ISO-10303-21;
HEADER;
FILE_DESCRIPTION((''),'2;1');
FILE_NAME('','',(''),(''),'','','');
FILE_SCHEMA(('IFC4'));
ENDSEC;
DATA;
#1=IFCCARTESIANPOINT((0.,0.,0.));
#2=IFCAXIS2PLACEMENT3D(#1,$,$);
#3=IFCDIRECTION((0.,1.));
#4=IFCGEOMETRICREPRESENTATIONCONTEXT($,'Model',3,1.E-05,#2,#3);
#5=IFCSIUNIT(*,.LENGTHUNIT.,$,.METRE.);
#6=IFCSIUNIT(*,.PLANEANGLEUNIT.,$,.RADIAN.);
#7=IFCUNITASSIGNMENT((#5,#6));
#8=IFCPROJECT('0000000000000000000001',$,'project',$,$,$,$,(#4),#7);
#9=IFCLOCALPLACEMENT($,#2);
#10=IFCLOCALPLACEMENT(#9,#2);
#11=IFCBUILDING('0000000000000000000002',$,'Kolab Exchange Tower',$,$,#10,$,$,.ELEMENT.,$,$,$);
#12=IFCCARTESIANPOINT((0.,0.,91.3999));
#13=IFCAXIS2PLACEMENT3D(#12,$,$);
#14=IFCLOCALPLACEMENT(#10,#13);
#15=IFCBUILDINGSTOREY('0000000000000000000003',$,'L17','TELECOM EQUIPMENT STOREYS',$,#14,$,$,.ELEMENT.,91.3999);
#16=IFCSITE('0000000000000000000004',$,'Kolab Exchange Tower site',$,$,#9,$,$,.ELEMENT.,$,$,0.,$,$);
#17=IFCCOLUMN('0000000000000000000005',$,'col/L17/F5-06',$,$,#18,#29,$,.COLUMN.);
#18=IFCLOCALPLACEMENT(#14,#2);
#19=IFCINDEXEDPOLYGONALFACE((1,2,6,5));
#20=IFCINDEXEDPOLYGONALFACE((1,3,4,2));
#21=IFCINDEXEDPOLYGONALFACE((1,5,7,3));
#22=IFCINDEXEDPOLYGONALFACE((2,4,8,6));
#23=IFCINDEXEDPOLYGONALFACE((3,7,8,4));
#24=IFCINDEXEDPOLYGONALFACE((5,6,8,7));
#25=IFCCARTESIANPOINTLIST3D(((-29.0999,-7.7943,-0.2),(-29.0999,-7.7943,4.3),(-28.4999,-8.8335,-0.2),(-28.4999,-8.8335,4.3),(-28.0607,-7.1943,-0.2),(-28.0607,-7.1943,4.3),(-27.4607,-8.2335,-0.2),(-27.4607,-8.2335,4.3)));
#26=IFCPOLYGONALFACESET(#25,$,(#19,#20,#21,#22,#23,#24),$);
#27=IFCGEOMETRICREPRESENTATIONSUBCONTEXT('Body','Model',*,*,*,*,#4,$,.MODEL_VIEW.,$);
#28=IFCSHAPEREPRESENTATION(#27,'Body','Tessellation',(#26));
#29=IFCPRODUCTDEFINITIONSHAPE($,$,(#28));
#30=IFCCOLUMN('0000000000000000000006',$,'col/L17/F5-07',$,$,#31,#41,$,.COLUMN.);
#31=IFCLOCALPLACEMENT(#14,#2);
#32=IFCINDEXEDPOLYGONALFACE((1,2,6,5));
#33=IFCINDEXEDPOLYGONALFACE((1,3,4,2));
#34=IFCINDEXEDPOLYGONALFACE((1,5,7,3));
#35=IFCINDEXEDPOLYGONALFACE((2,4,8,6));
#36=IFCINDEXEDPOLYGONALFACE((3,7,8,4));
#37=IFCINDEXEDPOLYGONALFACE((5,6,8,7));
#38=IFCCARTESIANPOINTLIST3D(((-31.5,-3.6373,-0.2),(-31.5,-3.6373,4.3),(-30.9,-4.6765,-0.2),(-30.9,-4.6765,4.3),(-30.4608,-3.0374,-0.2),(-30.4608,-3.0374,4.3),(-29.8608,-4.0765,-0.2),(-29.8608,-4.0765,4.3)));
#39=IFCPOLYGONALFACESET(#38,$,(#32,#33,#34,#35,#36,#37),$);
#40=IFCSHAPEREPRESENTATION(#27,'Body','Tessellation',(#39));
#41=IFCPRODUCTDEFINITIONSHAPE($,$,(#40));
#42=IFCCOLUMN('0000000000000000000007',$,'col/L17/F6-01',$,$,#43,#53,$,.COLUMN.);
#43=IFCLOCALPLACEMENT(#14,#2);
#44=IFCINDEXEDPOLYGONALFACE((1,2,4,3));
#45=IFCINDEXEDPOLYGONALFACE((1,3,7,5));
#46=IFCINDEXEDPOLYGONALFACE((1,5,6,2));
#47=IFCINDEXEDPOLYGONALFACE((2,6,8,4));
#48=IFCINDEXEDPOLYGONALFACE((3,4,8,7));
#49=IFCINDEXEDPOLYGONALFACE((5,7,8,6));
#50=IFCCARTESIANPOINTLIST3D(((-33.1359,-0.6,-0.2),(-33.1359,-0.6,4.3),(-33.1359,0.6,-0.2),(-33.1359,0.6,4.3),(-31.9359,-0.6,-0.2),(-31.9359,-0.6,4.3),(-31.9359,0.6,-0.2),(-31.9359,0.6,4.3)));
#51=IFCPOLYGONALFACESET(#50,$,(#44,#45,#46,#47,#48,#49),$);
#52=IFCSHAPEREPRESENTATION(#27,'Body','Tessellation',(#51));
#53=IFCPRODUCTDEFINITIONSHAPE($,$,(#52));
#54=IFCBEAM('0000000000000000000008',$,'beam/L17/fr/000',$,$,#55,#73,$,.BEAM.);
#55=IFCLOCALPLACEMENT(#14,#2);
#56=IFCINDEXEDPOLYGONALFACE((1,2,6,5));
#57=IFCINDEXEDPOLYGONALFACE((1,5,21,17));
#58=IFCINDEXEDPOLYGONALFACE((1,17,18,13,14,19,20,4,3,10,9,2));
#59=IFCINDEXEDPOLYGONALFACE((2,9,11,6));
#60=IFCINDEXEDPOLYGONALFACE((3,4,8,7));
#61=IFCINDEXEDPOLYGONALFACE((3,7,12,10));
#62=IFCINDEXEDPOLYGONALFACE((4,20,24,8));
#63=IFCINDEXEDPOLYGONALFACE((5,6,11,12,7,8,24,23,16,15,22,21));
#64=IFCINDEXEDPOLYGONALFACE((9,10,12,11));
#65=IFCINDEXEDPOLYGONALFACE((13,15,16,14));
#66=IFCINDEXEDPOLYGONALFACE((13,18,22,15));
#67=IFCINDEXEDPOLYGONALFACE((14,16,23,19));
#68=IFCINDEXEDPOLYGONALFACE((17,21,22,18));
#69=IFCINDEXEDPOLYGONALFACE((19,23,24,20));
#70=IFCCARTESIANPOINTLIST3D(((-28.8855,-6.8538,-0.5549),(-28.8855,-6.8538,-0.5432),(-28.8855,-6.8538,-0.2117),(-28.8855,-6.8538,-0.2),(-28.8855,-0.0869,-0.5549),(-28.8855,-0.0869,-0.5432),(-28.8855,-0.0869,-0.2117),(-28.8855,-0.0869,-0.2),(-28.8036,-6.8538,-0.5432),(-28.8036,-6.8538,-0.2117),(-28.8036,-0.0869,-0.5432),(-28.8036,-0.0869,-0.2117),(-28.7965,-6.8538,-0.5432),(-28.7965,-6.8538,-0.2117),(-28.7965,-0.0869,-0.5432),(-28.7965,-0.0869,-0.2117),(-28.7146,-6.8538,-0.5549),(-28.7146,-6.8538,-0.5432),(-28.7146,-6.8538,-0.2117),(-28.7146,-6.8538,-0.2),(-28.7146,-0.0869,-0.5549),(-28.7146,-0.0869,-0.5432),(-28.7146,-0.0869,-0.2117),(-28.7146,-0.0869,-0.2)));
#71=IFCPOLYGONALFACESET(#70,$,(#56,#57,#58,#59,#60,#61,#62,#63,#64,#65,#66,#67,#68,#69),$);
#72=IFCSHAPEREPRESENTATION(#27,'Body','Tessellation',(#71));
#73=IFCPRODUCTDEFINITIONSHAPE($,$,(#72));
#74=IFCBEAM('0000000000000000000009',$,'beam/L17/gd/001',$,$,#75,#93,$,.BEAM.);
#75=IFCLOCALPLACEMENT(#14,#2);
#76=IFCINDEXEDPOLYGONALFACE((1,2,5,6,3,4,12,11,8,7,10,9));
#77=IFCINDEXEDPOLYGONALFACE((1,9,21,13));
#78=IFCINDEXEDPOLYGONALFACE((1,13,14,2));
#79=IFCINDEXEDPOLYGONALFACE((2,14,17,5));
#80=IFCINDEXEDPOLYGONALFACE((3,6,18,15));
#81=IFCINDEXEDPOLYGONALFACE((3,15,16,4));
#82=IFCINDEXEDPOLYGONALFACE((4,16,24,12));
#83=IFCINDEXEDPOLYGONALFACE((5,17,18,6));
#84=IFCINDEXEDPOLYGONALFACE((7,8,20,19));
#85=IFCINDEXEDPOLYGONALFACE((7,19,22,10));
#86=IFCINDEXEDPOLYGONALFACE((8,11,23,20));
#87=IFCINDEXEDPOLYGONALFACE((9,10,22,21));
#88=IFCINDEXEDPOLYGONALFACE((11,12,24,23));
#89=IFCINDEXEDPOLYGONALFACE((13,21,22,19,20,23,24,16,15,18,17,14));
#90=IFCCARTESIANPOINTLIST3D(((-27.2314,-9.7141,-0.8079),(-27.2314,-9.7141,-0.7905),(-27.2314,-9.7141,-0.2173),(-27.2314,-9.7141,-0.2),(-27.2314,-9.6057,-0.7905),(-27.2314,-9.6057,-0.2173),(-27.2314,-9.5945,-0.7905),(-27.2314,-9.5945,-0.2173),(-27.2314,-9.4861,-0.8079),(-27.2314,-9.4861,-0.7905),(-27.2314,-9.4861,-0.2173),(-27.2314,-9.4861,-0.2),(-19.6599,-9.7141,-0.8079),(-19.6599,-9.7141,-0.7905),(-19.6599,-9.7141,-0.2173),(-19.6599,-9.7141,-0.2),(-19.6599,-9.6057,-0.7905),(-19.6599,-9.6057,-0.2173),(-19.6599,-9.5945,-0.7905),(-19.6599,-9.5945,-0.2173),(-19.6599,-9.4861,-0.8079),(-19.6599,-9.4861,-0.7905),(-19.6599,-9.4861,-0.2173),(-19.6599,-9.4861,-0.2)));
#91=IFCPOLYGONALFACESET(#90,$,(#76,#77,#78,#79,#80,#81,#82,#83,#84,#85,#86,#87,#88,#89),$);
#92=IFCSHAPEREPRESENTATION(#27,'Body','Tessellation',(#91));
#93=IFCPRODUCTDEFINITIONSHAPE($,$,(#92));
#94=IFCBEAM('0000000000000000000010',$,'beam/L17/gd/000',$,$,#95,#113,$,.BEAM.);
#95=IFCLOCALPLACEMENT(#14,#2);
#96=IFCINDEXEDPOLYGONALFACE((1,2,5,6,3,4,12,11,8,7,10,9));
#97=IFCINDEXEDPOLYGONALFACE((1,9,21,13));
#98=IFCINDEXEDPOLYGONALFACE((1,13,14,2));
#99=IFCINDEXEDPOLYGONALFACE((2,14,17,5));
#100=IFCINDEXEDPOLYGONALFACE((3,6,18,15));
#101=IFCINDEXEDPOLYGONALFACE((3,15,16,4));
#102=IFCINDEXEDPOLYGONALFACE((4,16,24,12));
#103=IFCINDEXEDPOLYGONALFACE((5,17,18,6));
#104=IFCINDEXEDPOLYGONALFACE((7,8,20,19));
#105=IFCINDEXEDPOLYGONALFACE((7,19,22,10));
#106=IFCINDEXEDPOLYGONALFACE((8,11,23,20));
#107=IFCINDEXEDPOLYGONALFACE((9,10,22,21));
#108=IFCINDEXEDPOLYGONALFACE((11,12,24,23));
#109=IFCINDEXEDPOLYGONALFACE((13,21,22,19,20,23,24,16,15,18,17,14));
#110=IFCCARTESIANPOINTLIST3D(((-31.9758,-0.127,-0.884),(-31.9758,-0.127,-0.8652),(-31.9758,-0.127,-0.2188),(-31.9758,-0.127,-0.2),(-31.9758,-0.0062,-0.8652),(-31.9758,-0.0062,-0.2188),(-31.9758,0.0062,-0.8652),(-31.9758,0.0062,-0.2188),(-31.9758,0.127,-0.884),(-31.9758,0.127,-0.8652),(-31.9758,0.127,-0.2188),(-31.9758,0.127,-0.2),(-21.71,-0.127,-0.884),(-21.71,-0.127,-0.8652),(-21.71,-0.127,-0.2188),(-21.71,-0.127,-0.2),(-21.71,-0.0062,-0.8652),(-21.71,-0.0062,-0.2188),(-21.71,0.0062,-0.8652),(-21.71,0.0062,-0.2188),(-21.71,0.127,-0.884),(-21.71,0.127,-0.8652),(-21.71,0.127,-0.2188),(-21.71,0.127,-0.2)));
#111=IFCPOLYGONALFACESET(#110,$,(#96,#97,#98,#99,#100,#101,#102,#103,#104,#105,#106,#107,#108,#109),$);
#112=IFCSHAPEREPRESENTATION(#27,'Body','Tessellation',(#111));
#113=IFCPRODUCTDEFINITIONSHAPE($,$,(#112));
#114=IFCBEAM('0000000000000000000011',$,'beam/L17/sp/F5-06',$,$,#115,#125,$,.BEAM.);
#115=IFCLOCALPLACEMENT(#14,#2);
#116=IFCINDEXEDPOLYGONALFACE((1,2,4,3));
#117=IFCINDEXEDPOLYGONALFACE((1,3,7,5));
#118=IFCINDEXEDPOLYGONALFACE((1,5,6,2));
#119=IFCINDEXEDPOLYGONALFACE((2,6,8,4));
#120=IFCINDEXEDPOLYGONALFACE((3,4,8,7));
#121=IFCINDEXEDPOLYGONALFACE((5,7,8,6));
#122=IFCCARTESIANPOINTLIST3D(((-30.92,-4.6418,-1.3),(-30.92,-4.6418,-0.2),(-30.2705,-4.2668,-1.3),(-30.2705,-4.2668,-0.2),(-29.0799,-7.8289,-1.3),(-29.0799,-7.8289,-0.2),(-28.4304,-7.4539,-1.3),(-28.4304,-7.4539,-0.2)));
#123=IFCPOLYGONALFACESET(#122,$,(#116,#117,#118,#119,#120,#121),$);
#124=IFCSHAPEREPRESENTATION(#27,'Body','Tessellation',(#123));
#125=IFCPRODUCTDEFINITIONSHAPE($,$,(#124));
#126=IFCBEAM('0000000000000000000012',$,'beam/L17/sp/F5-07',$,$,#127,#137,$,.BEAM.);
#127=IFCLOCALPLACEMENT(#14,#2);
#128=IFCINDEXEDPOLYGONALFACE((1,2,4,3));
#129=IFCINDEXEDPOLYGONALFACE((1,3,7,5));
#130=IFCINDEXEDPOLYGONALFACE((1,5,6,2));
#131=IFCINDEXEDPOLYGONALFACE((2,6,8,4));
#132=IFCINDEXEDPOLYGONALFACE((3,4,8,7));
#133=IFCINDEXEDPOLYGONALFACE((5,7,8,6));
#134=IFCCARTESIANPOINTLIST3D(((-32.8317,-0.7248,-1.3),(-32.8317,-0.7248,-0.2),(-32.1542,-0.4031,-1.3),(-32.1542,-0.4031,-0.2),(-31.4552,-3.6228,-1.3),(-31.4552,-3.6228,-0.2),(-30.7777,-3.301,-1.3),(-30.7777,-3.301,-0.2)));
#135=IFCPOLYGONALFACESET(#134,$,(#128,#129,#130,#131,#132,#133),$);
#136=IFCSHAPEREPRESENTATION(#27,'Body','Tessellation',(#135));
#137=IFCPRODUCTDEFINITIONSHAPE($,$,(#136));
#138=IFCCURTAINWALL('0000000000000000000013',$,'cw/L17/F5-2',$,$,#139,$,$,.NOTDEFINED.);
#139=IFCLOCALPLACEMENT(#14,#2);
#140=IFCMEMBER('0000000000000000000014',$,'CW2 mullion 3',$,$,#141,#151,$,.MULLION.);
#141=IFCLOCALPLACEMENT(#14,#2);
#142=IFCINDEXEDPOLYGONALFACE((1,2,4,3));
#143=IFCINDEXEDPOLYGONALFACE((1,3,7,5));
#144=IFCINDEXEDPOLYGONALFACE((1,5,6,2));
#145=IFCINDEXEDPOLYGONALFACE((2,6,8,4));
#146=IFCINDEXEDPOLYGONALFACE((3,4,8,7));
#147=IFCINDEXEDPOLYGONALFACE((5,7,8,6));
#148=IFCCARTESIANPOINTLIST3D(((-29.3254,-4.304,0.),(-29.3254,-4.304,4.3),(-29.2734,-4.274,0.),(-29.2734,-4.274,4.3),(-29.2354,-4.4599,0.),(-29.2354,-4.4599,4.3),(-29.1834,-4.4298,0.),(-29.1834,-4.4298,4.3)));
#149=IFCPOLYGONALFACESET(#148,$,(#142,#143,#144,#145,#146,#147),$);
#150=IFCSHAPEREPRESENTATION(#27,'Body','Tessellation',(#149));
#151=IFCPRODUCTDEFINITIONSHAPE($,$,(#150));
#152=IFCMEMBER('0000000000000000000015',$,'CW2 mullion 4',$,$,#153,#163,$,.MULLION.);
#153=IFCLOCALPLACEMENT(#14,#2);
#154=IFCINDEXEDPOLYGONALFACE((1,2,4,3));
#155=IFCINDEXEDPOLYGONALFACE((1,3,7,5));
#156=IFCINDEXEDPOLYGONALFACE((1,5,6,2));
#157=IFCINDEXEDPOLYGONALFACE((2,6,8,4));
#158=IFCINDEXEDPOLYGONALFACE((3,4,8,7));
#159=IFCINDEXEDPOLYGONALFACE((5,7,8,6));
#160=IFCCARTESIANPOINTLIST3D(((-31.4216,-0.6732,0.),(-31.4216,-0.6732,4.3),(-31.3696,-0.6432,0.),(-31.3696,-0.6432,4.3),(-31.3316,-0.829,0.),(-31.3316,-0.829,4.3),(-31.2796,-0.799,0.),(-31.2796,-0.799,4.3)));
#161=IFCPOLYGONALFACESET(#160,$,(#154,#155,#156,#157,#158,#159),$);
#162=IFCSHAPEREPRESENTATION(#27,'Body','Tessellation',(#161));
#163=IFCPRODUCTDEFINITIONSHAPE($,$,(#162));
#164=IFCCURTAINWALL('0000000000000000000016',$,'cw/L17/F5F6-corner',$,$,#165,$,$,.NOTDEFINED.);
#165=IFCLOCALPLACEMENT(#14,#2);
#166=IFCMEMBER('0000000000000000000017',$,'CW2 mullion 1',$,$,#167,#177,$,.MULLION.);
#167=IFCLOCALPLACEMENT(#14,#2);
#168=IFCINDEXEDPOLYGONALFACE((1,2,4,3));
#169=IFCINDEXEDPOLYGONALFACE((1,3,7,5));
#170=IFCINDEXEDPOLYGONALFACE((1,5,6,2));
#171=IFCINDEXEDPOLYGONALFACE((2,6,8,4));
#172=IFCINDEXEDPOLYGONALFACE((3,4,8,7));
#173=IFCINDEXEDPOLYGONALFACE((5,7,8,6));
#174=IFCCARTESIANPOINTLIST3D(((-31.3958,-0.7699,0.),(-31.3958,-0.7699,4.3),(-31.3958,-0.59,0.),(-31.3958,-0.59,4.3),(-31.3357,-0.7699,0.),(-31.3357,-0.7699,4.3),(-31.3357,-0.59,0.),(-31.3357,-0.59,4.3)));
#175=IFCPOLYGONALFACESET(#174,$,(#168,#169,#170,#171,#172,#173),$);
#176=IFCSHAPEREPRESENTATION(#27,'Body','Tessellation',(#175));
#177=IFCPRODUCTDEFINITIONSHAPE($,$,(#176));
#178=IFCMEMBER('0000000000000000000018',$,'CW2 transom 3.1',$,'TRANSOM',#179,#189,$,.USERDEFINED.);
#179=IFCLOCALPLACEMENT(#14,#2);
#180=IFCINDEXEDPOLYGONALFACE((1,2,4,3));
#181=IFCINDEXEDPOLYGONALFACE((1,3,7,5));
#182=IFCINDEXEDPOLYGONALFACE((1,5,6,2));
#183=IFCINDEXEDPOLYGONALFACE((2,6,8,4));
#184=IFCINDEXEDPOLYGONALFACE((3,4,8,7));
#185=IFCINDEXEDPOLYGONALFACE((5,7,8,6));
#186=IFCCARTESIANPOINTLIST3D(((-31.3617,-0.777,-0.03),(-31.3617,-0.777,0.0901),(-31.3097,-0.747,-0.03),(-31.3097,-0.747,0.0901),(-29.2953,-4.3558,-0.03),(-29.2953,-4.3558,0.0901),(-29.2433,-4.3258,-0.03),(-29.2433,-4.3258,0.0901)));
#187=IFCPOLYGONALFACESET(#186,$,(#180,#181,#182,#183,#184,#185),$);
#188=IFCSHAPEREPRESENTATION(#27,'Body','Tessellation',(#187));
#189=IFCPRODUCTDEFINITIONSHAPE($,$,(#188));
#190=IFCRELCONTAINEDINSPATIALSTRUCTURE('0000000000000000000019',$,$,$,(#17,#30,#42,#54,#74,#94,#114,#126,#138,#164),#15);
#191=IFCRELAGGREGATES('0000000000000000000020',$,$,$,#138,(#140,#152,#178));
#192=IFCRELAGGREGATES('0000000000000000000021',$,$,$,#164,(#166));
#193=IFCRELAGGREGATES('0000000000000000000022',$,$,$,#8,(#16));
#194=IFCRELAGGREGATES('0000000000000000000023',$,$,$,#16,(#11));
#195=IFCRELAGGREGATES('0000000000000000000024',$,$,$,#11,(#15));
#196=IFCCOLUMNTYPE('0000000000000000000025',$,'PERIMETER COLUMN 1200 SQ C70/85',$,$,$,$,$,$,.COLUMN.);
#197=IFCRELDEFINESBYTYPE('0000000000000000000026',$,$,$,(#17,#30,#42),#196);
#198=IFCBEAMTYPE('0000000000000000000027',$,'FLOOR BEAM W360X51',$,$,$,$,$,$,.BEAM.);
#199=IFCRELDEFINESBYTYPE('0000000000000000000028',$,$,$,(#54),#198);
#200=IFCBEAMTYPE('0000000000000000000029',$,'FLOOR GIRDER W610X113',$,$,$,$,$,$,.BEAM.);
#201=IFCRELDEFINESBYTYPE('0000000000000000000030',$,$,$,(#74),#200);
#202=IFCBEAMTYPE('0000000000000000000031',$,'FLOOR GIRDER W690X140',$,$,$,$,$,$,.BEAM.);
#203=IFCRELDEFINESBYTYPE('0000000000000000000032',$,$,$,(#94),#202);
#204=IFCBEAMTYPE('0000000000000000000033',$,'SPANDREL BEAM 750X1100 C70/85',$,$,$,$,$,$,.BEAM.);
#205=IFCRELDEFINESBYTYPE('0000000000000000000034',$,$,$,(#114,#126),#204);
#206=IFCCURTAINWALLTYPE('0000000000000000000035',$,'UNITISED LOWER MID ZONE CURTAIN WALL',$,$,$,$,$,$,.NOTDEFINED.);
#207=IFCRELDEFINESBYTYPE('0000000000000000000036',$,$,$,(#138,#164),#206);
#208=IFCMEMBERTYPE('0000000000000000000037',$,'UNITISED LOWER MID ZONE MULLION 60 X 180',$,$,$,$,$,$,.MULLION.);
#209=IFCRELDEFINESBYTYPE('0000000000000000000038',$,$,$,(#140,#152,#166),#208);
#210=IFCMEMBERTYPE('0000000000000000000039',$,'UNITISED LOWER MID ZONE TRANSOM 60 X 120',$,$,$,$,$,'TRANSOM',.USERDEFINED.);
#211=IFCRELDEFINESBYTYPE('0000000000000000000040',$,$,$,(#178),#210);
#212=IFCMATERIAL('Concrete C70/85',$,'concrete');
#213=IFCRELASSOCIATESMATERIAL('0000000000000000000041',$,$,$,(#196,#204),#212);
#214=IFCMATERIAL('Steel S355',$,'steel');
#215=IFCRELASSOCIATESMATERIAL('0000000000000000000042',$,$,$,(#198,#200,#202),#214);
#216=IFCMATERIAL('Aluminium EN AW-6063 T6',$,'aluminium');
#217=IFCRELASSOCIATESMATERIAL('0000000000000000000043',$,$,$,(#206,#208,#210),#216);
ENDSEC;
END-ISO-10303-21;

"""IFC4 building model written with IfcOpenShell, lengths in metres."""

from ifc_helpers import new_model, si_unit, direction, frame, origin, origin_2d, place, context, subcontext, project, spatial, rectangle, i_section, extrude, material, material_profile, profile_set, type_object, element, aggregate, save


model = new_model("IFC4")

# Units and contexts
model_context = context("Model", 3, precision=1e-05, world=origin(), true_north=direction((0.0, 1.0)))
body_context = subcontext(model_context, "Body", "Model", "MODEL_VIEW")
ifc_project = project(units=[si_unit("LENGTHUNIT", "METRE"), si_unit("PLANEANGLEUNIT", "RADIAN")], contexts=[model_context])

# Site, building, storey
site_placement = place(None, origin())
site = spatial("IfcSite", under=ifc_project, at=site_placement, Name="Kolab Exchange Tower site", CompositionType="ELEMENT", RefElevation=0.0)
building_placement = place(site_placement, origin())
building = spatial("IfcBuilding", under=site, at=building_placement, Name="Kolab Exchange Tower", CompositionType="ELEMENT")
storey_placement = place(building_placement, frame((0.0, 0.0, 91.3999)))
storey = spatial("IfcBuildingStorey", under=building, at=storey_placement, Name="L17", Description="TELECOM EQUIPMENT STOREYS", CompositionType="ELEMENT", Elevation=91.3999)

# Columns
ifc_material_1 = material(Name="Concrete C70/85", Category="concrete")
ifc_material_profile_1 = material_profile(ifc_material_1, rectangle(XDim=1.2, YDim=1.2, at=origin_2d()), Name="RC1200")
ifc_profile_set_1 = profile_set([ifc_material_profile_1], Name="Concrete C70/85")
column_type = type_object("IfcColumnType", Name="PERIMETER COLUMN 1200 SQ C70/85", PredefinedType="COLUMN", material=ifc_profile_set_1)
for number, where, z_axis, x_axis, name in (
    (1, (-28.2803, -8.0139, -0.2), (0.0, 0.0, 1.0), (0.866025, 0.5, 0.0), "col/L17/F5-06"),
    (2, (-30.6804, -3.8569, -0.2), (0.0, 0.0, 1.0), (0.866025, 0.5, 0.0), "col/L17/F5-07"),
    (3, (-32.5359, 0.0, -0.2), (0.0, 0.0, 1.0), (1.0, 0.0, 0.0), "col/L17/F6-01"),
):
    element("IfcColumn", number, at=place(storey_placement, frame(where, z_axis=z_axis, x_axis=x_axis)), inside=storey, type_object=column_type, Name=name, PredefinedType="COLUMN", context=body_context, shape_type="SweptSolid", body=[
        extrude(rectangle(XDim=1.2, YDim=1.2, at=origin_2d()), origin(), (0.0, 0.0, 1.0), 4.5),
    ])

# Beams
ifc_material_2 = material(Name="Steel S355", Category="steel")
ifc_material_profile_2 = material_profile(ifc_material_2, i_section(OverallWidth=0.1709, OverallDepth=0.355, WebThickness=0.0071, FlangeThickness=0.0117, at=origin_2d()), Name="W360X51")
ifc_profile_set_2 = profile_set([ifc_material_profile_2], Name="Steel S355")
beam_type_1 = type_object("IfcBeamType", Name="FLOOR BEAM W360X51", PredefinedType="BEAM", material=ifc_profile_set_2)
beam_1_placement = place(storey_placement, frame((-28.8, -6.8538, -0.3774), z_axis=(0.0, 1.0, 0.0), x_axis=(-1.0, 0.0, 0.0)))
element("IfcBeam", 4, at=beam_1_placement, inside=storey, type_object=beam_type_1, Name="beam/L17/fr/000", PredefinedType="BEAM", context=body_context, shape_type="SweptSolid", body=[
    extrude(i_section(OverallWidth=0.1709, OverallDepth=0.355, WebThickness=0.0071, FlangeThickness=0.0117, at=origin_2d()), origin(), (0.0, 0.0, 1.0), 6.7668),
])
ifc_material_profile_3 = material_profile(ifc_material_2, i_section(OverallWidth=0.228, OverallDepth=0.6079, WebThickness=0.0112, FlangeThickness=0.0173, at=origin_2d()), Name="W610X113")
ifc_profile_set_3 = profile_set([ifc_material_profile_3], Name="Steel S355")
beam_type_2 = type_object("IfcBeamType", Name="FLOOR GIRDER W610X113", PredefinedType="BEAM", material=ifc_profile_set_3)
beam_2_placement = place(storey_placement, frame((-27.2314, -9.6001, -0.5039), z_axis=(1.0, 0.0, 0.0), x_axis=(0.0, 1.0, 0.0)))
element("IfcBeam", 5, at=beam_2_placement, inside=storey, type_object=beam_type_2, Name="beam/L17/gd/001", PredefinedType="BEAM", context=body_context, shape_type="SweptSolid", body=[
    extrude(i_section(OverallWidth=0.228, OverallDepth=0.6079, WebThickness=0.0112, FlangeThickness=0.0173, at=origin_2d()), origin(), (0.0, 0.0, 1.0), 7.5715),
])
ifc_material_profile_4 = material_profile(ifc_material_2, i_section(OverallWidth=0.2539, OverallDepth=0.6841, WebThickness=0.0125, FlangeThickness=0.0188, at=origin_2d()), Name="W690X140")
ifc_profile_set_4 = profile_set([ifc_material_profile_4], Name="Steel S355")
beam_type_3 = type_object("IfcBeamType", Name="FLOOR GIRDER W690X140", PredefinedType="BEAM", material=ifc_profile_set_4)
beam_3_placement = place(storey_placement, frame((-31.9758, 0.0, -0.542), z_axis=(1.0, 0.0, 0.0), x_axis=(0.0, 1.0, 0.0)))
element("IfcBeam", 6, at=beam_3_placement, inside=storey, type_object=beam_type_3, Name="beam/L17/gd/000", PredefinedType="BEAM", context=body_context, shape_type="SweptSolid", body=[
    extrude(i_section(OverallWidth=0.2539, OverallDepth=0.6841, WebThickness=0.0125, FlangeThickness=0.0188, at=origin_2d()), origin(), (0.0, 0.0, 1.0), 10.2659),
])
ifc_material_profile_5 = material_profile(ifc_material_1, rectangle(XDim=0.75, YDim=1.1001, at=origin_2d()), Name="RC750X1100")
ifc_profile_set_5 = profile_set([ifc_material_profile_5], Name="Concrete C70/85")
beam_type_4 = type_object("IfcBeamType", Name="SPANDREL BEAM 750X1100 C70/85", PredefinedType="BEAM", material=ifc_profile_set_5)
beam_4_placement = place(storey_placement, frame((-28.7551, -7.6414, -0.75), z_axis=(-0.500013, 0.866018, 0.0), x_axis=(-0.866018, -0.500013, 0.0)))
element("IfcBeam", 7, at=beam_4_placement, inside=storey, type_object=beam_type_4, Name="beam/L17/sp/F5-06", PredefinedType="BEAM", context=body_context, shape_type="SweptSolid", body=[
    extrude(rectangle(XDim=0.75, YDim=1.1001, at=origin_2d()), origin(), (0.0, 0.0, 1.0), 3.6802),
])
beam_5_placement = place(storey_placement, frame((-31.1165, -3.4619, -0.75), z_axis=(-0.429041, 0.903285, 0.0), x_axis=(-0.903285, -0.429041, 0.0)))
element("IfcBeam", 8, at=beam_5_placement, inside=storey, type_object=beam_type_4, Name="beam/L17/sp/F5-07", PredefinedType="BEAM", context=body_context, shape_type="SweptSolid", body=[
    extrude(rectangle(XDim=0.75, YDim=1.1001, at=origin_2d()), origin(), (0.0, 0.0, 1.0), 3.2083),
])

# Curtain wall, members
ifc_material_3 = material(Name="Aluminium EN AW-6063 T6", Category="aluminium")
curtain_wall_type = type_object("IfcCurtainWallType", Name="UNITISED LOWER MID ZONE CURTAIN WALL", PredefinedType="NOTDEFINED", material=ifc_material_3)
curtain_wall_1_placement = place(storey_placement, origin())
curtain_wall_1 = element("IfcCurtainWall", 9, at=curtain_wall_1_placement, inside=storey, type_object=curtain_wall_type, Name="cw/L17/F5-2", PredefinedType="NOTDEFINED")
ifc_material_profile_6 = material_profile(ifc_material_3, rectangle(XDim=0.0601, YDim=0.1799, at=origin_2d()), Name="RECT 60X180")
ifc_profile_set_6 = profile_set([ifc_material_profile_6], Name="Aluminium EN AW-6063 T6")
member_type_1 = type_object("IfcMemberType", Name="UNITISED LOWER MID ZONE MULLION 60 X 180", PredefinedType="MULLION", material=ifc_profile_set_6)
member_1_placement = place(storey_placement, frame((-29.2544, -4.3669, 0.0), z_axis=(0.0, 0.0, 1.0), x_axis=(-0.866025, -0.5, 0.0)))
member_1 = element("IfcMember", 10, at=member_1_placement, type_object=member_type_1, Name="CW2 mullion 3", PredefinedType="MULLION", context=body_context, shape_type="SweptSolid", body=[
    extrude(rectangle(XDim=0.0601, YDim=0.1799, at=origin_2d()), origin(), (0.0, 0.0, 1.0), 4.3),
])
member_2_placement = place(storey_placement, frame((-31.3506, -0.7361, 0.0), z_axis=(0.0, 0.0, 1.0), x_axis=(-0.866025, -0.5, 0.0)))
member_2 = element("IfcMember", 11, at=member_2_placement, type_object=member_type_1, Name="CW2 mullion 4", PredefinedType="MULLION", context=body_context, shape_type="SweptSolid", body=[
    extrude(rectangle(XDim=0.0601, YDim=0.1799, at=origin_2d()), origin(), (0.0, 0.0, 1.0), 4.3),
])

# Curtain wall, member
curtain_wall_2_placement = place(storey_placement, origin())
curtain_wall_2 = element("IfcCurtainWall", 12, at=curtain_wall_2_placement, inside=storey, type_object=curtain_wall_type, Name="cw/L17/F5F6-corner", PredefinedType="NOTDEFINED")
member_3_placement = place(storey_placement, frame((-31.3657, -0.6799, 0.0), z_axis=(0.0, 0.0, 1.0), x_axis=(-1.0, 0.0, 0.0)))
member_3 = element("IfcMember", 13, at=member_3_placement, type_object=member_type_1, Name="CW2 mullion 1", PredefinedType="MULLION", context=body_context, shape_type="SweptSolid", body=[
    extrude(rectangle(XDim=0.0601, YDim=0.1799, at=origin_2d()), origin(), (0.0, 0.0, 1.0), 4.3),
])

# Member
ifc_material_profile_7 = material_profile(ifc_material_3, rectangle(XDim=0.0601, YDim=0.1201, at=origin_2d()), Name="RECT 60X120")
ifc_profile_set_7 = profile_set([ifc_material_profile_7], Name="Aluminium EN AW-6063 T6")
member_type_2 = type_object("IfcMemberType", Name="UNITISED LOWER MID ZONE TRANSOM 60 X 120", ElementType="TRANSOM", PredefinedType="USERDEFINED", material=ifc_profile_set_7)
member_4_placement = place(storey_placement, frame((-29.2693, -4.3408, 0.03), z_axis=(-0.500028, 0.866009, 0.0), x_axis=(-0.866009, -0.500028, 0.0)))
member_4 = element("IfcMember", 14, at=member_4_placement, type_object=member_type_2, Name="CW2 transom 3.1", ObjectType="TRANSOM", PredefinedType="USERDEFINED", context=body_context, shape_type="SweptSolid", body=[
    extrude(rectangle(XDim=0.0601, YDim=0.1201, at=origin_2d()), origin(), (0.0, 0.0, 1.0), 4.1326),
])

aggregate(curtain_wall_1, [member_1, member_2, member_4])
aggregate(curtain_wall_2, [member_3])

save(model, "model.ifc")
